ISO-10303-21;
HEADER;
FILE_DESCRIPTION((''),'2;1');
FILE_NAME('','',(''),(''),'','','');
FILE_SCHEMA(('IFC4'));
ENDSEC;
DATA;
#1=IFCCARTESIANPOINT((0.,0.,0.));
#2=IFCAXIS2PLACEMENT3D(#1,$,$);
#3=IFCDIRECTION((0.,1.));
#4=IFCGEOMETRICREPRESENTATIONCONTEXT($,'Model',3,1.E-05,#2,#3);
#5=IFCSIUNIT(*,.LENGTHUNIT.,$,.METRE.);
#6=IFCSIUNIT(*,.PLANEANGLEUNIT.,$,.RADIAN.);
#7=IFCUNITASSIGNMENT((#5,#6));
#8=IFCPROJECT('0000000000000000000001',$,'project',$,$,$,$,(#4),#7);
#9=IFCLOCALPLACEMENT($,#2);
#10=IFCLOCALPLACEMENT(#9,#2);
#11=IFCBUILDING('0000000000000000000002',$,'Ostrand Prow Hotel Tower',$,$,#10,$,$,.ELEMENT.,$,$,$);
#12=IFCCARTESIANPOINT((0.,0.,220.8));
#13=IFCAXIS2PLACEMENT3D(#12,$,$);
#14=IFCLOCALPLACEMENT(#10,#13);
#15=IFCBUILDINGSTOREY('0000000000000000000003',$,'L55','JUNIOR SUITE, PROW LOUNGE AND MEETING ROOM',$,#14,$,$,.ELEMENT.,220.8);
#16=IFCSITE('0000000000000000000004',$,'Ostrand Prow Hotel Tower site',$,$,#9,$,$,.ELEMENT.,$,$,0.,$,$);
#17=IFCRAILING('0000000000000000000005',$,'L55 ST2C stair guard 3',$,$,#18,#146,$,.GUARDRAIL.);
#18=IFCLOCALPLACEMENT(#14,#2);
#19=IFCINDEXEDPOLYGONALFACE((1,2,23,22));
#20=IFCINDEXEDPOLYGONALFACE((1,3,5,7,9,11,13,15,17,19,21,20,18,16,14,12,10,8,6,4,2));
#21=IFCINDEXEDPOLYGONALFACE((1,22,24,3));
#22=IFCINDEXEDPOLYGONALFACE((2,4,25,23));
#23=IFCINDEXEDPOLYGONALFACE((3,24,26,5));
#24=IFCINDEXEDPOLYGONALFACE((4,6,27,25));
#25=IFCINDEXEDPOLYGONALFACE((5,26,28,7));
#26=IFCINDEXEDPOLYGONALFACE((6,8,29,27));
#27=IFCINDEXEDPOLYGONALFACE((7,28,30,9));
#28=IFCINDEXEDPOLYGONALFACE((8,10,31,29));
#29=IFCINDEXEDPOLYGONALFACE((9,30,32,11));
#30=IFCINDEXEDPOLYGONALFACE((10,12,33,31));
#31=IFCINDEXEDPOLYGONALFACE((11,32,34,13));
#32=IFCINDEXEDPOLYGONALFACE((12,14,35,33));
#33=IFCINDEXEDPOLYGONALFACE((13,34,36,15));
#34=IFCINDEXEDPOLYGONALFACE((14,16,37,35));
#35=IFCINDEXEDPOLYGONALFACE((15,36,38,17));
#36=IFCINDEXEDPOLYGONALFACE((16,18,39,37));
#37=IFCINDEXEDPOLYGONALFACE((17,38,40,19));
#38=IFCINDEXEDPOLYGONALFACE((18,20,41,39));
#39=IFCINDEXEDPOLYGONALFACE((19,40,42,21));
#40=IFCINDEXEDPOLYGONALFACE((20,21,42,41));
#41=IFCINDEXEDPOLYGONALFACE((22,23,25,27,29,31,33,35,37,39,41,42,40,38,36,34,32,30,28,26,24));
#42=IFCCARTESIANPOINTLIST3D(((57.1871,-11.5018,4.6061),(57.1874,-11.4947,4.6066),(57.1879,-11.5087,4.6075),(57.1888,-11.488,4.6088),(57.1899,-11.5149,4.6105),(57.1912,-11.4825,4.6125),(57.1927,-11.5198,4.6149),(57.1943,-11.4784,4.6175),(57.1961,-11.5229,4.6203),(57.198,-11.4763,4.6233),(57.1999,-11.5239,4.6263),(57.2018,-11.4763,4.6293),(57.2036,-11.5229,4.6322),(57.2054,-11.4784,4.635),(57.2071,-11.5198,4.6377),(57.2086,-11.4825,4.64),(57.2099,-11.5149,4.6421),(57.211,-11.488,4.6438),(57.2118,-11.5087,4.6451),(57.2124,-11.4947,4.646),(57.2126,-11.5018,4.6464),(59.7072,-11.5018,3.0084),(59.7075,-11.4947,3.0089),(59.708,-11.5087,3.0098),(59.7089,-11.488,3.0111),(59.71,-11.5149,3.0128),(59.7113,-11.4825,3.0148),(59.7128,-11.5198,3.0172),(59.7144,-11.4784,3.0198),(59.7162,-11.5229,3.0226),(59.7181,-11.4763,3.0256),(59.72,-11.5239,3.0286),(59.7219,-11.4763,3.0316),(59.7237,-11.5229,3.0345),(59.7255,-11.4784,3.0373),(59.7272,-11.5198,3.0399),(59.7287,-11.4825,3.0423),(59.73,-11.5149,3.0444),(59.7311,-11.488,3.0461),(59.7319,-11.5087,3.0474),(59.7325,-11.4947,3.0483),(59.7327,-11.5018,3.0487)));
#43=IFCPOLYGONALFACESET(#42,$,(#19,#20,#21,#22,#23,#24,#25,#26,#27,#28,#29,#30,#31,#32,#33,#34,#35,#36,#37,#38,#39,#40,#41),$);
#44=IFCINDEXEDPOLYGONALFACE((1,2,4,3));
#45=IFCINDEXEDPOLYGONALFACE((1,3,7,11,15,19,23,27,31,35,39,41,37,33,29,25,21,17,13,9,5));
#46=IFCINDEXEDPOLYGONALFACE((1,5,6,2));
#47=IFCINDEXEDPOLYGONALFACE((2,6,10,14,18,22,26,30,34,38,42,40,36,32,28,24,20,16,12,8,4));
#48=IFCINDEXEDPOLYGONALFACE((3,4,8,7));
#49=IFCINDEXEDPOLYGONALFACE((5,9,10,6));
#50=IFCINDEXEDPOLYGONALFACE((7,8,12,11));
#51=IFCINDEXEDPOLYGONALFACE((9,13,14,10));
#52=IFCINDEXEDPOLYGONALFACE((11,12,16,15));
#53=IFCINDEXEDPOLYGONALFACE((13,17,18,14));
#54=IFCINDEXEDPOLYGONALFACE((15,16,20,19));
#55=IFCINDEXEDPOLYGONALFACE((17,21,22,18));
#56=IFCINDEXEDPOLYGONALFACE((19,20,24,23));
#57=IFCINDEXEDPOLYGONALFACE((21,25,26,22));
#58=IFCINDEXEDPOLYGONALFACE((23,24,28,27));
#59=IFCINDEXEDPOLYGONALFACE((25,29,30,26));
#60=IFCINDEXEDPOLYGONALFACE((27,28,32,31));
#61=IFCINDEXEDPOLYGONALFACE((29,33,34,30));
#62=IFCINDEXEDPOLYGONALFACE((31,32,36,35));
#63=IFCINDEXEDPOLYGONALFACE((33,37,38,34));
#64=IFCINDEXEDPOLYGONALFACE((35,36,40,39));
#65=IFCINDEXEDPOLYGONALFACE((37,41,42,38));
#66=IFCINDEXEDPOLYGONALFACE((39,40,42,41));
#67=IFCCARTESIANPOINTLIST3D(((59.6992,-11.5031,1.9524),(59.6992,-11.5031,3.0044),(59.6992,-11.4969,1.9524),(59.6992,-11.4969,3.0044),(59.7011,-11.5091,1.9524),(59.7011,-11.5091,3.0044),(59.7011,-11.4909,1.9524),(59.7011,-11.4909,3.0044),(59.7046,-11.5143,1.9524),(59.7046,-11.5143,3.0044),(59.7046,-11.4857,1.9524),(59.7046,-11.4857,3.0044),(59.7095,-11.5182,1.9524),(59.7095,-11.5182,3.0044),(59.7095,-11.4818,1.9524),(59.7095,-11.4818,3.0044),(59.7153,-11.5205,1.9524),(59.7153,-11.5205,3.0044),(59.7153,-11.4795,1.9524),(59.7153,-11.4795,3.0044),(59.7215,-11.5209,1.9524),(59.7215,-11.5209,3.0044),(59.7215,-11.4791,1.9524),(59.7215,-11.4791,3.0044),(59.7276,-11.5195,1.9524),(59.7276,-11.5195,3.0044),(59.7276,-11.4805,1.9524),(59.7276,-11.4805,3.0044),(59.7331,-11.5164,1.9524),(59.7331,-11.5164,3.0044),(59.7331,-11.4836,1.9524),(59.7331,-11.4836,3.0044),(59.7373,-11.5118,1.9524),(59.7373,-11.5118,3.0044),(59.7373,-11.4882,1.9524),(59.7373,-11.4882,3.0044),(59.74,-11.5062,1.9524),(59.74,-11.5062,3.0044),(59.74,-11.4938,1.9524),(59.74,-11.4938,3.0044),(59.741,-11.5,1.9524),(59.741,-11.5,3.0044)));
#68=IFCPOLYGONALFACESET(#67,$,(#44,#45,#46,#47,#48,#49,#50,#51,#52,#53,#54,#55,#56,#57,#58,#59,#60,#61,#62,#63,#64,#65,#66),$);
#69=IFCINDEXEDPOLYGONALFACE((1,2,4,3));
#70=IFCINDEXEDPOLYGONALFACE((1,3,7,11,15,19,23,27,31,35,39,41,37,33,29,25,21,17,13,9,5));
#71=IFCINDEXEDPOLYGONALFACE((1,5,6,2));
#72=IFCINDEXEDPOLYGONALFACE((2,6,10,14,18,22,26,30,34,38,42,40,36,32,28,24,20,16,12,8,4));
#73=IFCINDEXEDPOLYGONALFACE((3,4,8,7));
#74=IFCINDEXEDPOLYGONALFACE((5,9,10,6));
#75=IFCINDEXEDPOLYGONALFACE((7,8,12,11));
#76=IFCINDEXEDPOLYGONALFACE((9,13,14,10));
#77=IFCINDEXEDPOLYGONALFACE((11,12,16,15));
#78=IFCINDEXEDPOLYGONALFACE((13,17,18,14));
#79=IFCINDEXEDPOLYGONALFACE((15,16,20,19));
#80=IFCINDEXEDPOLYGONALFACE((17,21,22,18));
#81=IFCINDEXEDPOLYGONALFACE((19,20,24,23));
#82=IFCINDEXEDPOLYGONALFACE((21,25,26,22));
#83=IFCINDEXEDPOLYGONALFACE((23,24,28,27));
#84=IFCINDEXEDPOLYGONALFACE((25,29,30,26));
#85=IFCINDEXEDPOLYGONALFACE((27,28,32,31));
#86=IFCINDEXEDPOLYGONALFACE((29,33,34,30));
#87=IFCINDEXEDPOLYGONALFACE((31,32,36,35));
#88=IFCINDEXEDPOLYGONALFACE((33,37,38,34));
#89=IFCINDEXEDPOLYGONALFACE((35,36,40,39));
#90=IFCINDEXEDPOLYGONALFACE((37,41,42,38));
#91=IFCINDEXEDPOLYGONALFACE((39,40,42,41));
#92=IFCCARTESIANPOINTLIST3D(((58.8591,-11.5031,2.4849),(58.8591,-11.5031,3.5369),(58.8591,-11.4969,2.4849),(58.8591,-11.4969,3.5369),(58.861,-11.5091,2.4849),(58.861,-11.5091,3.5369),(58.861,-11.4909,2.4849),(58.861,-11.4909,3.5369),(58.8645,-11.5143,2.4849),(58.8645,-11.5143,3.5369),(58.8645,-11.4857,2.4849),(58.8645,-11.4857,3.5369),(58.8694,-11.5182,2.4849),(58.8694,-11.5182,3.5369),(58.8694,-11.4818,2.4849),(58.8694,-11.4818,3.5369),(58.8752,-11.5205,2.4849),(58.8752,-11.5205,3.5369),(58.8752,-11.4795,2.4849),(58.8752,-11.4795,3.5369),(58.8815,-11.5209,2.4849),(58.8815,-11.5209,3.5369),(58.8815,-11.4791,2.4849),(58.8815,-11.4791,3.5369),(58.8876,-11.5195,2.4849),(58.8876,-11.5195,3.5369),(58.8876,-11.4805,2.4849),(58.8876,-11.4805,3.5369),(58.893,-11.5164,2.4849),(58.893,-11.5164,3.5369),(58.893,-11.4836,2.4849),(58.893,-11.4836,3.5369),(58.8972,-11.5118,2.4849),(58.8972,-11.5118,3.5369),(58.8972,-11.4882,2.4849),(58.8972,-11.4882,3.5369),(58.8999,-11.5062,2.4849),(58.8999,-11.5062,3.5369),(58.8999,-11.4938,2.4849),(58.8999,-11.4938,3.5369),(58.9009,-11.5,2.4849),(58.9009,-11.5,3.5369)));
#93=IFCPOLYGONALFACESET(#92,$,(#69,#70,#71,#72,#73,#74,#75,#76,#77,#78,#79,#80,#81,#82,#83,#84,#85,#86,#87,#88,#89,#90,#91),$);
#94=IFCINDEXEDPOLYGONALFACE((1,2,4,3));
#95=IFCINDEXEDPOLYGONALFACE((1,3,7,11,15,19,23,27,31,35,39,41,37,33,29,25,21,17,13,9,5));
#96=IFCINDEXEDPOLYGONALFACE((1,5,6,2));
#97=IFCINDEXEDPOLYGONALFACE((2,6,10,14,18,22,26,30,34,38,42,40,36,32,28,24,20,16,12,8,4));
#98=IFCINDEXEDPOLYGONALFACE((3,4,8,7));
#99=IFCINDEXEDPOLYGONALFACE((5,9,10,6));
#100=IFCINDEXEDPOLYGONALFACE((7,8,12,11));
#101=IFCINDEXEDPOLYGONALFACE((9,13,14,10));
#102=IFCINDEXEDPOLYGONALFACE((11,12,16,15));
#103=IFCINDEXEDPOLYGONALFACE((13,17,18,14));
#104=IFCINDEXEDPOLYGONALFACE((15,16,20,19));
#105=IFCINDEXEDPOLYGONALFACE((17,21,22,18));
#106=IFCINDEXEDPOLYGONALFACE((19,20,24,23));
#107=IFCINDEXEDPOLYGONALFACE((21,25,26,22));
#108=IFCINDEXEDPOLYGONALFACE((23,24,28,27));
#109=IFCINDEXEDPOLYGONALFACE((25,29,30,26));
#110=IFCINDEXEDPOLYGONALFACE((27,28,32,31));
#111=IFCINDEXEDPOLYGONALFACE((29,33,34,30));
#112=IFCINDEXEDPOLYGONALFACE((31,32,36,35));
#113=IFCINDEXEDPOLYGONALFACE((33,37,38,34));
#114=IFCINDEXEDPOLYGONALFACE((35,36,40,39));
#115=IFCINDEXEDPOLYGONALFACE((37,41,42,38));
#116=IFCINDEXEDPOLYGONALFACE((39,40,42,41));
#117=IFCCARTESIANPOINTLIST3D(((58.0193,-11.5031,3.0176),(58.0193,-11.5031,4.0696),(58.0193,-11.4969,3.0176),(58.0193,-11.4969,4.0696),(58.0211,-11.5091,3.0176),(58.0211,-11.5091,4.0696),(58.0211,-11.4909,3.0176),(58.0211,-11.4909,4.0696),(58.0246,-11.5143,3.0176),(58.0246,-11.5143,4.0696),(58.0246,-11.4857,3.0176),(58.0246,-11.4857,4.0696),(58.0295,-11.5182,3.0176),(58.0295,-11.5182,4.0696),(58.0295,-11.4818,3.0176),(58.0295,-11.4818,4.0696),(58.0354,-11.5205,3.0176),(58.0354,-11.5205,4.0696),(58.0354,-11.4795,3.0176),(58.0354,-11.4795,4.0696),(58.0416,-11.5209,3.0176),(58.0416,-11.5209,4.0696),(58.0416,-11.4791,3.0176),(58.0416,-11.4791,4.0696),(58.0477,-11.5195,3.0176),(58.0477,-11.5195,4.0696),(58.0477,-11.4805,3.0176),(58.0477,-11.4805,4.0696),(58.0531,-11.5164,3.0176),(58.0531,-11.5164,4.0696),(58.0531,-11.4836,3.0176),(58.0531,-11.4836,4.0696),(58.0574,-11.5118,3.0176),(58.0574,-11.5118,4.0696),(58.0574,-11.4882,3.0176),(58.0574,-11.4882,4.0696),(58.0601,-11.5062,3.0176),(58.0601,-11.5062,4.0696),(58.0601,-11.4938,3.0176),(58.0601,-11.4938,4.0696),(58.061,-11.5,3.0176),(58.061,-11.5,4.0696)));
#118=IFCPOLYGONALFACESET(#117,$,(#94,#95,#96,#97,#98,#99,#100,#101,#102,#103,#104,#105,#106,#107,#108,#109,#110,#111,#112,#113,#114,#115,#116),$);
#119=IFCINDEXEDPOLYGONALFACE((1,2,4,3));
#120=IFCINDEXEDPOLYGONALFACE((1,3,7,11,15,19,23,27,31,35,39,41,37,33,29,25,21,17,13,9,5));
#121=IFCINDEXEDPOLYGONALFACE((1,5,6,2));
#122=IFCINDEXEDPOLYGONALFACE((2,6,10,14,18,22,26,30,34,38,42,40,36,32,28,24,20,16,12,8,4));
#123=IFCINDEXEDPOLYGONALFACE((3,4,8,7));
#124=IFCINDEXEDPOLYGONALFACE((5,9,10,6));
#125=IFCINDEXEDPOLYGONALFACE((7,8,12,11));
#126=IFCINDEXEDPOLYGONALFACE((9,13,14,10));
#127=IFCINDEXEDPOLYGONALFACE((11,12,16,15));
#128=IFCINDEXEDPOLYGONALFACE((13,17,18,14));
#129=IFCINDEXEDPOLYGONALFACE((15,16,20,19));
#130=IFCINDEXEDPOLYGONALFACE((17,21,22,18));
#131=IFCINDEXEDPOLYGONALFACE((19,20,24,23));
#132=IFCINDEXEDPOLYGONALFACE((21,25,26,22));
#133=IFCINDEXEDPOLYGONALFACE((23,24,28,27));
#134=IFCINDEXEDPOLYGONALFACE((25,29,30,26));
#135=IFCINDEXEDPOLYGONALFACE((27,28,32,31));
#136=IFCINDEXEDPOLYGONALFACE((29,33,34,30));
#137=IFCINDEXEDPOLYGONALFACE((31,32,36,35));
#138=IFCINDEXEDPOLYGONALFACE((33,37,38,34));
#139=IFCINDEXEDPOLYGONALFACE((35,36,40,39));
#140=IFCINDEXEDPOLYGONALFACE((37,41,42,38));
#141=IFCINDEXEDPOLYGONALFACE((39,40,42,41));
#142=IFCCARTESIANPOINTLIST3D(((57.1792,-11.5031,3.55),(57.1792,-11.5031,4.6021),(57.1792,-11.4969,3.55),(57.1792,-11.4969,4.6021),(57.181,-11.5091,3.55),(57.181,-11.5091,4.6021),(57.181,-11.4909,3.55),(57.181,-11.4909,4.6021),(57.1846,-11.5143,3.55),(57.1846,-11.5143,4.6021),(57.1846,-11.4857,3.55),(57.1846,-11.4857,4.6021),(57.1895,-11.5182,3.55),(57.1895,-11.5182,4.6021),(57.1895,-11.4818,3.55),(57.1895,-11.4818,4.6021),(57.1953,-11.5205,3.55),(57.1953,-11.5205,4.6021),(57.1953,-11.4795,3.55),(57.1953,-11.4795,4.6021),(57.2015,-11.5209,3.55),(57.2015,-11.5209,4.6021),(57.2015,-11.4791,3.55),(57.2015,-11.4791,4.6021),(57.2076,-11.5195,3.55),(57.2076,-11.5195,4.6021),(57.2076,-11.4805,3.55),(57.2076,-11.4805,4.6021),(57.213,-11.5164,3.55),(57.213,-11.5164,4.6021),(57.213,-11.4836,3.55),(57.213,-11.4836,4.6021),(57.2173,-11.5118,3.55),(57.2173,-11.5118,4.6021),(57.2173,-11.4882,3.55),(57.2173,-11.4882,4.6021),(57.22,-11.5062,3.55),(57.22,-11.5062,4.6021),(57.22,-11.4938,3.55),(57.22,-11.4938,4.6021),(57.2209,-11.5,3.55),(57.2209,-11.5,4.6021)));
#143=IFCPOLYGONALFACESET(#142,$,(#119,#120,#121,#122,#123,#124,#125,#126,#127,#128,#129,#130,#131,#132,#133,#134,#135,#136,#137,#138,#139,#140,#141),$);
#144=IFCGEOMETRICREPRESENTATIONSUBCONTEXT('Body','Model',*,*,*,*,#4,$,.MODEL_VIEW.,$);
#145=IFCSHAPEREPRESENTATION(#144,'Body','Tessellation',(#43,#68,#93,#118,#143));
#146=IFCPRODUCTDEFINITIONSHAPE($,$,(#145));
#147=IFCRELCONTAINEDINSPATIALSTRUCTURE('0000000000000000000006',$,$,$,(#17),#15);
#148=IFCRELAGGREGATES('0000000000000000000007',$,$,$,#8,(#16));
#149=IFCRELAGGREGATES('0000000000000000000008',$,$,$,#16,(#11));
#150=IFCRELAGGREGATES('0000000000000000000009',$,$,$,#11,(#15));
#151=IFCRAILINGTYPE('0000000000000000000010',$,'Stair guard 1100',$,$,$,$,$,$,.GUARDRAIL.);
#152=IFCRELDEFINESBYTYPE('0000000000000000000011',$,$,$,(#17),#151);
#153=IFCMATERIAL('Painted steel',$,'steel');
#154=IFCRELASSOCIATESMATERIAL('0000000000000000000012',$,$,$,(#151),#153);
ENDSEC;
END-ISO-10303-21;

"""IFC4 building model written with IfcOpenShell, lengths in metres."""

from ifc_helpers import new_model, si_unit, direction, frame, origin, origin_2d, place, context, subcontext, project, spatial, circle, extrude, material, type_object, element, save


model = new_model("IFC4")

# Units and contexts
model_context = context("Model", 3, precision=1e-05, world=origin(), true_north=direction((0.0, 1.0)))
body_context = subcontext(model_context, "Body", "Model", "MODEL_VIEW")
ifc_project = project(units=[si_unit("LENGTHUNIT", "METRE"), si_unit("PLANEANGLEUNIT", "RADIAN")], contexts=[model_context])

# Site, building, storey
site_placement = place(None, origin())
site = spatial("IfcSite", under=ifc_project, at=site_placement, Name="Ostrand Prow Hotel Tower site", CompositionType="ELEMENT", RefElevation=0.0)
building_placement = place(site_placement, origin())
building = spatial("IfcBuilding", under=site, at=building_placement, Name="Ostrand Prow Hotel Tower", CompositionType="ELEMENT")
storey_placement = place(building_placement, frame((0.0, 0.0, 220.8)))
storey = spatial("IfcBuildingStorey", under=building, at=storey_placement, Name="L55", Description="JUNIOR SUITE, PROW LOUNGE AND MEETING ROOM", CompositionType="ELEMENT", Elevation=220.8)

# Railing
ifc_material_1 = material(Name="Painted steel", Category="steel")
railing_type_1 = type_object("IfcRailingType", Name="Stair guard 1100", PredefinedType="GUARDRAIL", material=ifc_material_1)
railing_1_placement = place(storey_placement, frame((59.72, -11.5, 1.9524)))
element("IfcRailing", 1, at=railing_1_placement, inside=storey, type_object=railing_type_1, Name="L55 ST2C stair guard 3", PredefinedType="GUARDRAIL", context=body_context, shape_type="SweptSolid", body=[
    extrude(circle(Radius=0.0239, at=origin_2d()), frame((0.0, 0.0, 1.0762), z_axis=(-0.84457, 0.0, 0.535445), x_axis=(0.0, -1.0, 0.0)), (0.0, 0.0, 1.0), 2.9839),
    extrude(circle(Radius=0.021, at=origin_2d()), origin(), (0.0, 0.0, 1.0), 1.052),
    extrude(circle(Radius=0.021, at=origin_2d()), frame((-0.8401, 0.0, 0.5325)), (0.0, 0.0, 1.0), 1.052),
    extrude(circle(Radius=0.021, at=origin_2d()), frame((-1.6799, 0.0, 1.0652)), (0.0, 0.0, 1.0), 1.052),
    extrude(circle(Radius=0.021, at=origin_2d()), frame((-2.52, 0.0, 1.5977)), (0.0, 0.0, 1.0), 1.052),
])

save(model, "model.ifc")
